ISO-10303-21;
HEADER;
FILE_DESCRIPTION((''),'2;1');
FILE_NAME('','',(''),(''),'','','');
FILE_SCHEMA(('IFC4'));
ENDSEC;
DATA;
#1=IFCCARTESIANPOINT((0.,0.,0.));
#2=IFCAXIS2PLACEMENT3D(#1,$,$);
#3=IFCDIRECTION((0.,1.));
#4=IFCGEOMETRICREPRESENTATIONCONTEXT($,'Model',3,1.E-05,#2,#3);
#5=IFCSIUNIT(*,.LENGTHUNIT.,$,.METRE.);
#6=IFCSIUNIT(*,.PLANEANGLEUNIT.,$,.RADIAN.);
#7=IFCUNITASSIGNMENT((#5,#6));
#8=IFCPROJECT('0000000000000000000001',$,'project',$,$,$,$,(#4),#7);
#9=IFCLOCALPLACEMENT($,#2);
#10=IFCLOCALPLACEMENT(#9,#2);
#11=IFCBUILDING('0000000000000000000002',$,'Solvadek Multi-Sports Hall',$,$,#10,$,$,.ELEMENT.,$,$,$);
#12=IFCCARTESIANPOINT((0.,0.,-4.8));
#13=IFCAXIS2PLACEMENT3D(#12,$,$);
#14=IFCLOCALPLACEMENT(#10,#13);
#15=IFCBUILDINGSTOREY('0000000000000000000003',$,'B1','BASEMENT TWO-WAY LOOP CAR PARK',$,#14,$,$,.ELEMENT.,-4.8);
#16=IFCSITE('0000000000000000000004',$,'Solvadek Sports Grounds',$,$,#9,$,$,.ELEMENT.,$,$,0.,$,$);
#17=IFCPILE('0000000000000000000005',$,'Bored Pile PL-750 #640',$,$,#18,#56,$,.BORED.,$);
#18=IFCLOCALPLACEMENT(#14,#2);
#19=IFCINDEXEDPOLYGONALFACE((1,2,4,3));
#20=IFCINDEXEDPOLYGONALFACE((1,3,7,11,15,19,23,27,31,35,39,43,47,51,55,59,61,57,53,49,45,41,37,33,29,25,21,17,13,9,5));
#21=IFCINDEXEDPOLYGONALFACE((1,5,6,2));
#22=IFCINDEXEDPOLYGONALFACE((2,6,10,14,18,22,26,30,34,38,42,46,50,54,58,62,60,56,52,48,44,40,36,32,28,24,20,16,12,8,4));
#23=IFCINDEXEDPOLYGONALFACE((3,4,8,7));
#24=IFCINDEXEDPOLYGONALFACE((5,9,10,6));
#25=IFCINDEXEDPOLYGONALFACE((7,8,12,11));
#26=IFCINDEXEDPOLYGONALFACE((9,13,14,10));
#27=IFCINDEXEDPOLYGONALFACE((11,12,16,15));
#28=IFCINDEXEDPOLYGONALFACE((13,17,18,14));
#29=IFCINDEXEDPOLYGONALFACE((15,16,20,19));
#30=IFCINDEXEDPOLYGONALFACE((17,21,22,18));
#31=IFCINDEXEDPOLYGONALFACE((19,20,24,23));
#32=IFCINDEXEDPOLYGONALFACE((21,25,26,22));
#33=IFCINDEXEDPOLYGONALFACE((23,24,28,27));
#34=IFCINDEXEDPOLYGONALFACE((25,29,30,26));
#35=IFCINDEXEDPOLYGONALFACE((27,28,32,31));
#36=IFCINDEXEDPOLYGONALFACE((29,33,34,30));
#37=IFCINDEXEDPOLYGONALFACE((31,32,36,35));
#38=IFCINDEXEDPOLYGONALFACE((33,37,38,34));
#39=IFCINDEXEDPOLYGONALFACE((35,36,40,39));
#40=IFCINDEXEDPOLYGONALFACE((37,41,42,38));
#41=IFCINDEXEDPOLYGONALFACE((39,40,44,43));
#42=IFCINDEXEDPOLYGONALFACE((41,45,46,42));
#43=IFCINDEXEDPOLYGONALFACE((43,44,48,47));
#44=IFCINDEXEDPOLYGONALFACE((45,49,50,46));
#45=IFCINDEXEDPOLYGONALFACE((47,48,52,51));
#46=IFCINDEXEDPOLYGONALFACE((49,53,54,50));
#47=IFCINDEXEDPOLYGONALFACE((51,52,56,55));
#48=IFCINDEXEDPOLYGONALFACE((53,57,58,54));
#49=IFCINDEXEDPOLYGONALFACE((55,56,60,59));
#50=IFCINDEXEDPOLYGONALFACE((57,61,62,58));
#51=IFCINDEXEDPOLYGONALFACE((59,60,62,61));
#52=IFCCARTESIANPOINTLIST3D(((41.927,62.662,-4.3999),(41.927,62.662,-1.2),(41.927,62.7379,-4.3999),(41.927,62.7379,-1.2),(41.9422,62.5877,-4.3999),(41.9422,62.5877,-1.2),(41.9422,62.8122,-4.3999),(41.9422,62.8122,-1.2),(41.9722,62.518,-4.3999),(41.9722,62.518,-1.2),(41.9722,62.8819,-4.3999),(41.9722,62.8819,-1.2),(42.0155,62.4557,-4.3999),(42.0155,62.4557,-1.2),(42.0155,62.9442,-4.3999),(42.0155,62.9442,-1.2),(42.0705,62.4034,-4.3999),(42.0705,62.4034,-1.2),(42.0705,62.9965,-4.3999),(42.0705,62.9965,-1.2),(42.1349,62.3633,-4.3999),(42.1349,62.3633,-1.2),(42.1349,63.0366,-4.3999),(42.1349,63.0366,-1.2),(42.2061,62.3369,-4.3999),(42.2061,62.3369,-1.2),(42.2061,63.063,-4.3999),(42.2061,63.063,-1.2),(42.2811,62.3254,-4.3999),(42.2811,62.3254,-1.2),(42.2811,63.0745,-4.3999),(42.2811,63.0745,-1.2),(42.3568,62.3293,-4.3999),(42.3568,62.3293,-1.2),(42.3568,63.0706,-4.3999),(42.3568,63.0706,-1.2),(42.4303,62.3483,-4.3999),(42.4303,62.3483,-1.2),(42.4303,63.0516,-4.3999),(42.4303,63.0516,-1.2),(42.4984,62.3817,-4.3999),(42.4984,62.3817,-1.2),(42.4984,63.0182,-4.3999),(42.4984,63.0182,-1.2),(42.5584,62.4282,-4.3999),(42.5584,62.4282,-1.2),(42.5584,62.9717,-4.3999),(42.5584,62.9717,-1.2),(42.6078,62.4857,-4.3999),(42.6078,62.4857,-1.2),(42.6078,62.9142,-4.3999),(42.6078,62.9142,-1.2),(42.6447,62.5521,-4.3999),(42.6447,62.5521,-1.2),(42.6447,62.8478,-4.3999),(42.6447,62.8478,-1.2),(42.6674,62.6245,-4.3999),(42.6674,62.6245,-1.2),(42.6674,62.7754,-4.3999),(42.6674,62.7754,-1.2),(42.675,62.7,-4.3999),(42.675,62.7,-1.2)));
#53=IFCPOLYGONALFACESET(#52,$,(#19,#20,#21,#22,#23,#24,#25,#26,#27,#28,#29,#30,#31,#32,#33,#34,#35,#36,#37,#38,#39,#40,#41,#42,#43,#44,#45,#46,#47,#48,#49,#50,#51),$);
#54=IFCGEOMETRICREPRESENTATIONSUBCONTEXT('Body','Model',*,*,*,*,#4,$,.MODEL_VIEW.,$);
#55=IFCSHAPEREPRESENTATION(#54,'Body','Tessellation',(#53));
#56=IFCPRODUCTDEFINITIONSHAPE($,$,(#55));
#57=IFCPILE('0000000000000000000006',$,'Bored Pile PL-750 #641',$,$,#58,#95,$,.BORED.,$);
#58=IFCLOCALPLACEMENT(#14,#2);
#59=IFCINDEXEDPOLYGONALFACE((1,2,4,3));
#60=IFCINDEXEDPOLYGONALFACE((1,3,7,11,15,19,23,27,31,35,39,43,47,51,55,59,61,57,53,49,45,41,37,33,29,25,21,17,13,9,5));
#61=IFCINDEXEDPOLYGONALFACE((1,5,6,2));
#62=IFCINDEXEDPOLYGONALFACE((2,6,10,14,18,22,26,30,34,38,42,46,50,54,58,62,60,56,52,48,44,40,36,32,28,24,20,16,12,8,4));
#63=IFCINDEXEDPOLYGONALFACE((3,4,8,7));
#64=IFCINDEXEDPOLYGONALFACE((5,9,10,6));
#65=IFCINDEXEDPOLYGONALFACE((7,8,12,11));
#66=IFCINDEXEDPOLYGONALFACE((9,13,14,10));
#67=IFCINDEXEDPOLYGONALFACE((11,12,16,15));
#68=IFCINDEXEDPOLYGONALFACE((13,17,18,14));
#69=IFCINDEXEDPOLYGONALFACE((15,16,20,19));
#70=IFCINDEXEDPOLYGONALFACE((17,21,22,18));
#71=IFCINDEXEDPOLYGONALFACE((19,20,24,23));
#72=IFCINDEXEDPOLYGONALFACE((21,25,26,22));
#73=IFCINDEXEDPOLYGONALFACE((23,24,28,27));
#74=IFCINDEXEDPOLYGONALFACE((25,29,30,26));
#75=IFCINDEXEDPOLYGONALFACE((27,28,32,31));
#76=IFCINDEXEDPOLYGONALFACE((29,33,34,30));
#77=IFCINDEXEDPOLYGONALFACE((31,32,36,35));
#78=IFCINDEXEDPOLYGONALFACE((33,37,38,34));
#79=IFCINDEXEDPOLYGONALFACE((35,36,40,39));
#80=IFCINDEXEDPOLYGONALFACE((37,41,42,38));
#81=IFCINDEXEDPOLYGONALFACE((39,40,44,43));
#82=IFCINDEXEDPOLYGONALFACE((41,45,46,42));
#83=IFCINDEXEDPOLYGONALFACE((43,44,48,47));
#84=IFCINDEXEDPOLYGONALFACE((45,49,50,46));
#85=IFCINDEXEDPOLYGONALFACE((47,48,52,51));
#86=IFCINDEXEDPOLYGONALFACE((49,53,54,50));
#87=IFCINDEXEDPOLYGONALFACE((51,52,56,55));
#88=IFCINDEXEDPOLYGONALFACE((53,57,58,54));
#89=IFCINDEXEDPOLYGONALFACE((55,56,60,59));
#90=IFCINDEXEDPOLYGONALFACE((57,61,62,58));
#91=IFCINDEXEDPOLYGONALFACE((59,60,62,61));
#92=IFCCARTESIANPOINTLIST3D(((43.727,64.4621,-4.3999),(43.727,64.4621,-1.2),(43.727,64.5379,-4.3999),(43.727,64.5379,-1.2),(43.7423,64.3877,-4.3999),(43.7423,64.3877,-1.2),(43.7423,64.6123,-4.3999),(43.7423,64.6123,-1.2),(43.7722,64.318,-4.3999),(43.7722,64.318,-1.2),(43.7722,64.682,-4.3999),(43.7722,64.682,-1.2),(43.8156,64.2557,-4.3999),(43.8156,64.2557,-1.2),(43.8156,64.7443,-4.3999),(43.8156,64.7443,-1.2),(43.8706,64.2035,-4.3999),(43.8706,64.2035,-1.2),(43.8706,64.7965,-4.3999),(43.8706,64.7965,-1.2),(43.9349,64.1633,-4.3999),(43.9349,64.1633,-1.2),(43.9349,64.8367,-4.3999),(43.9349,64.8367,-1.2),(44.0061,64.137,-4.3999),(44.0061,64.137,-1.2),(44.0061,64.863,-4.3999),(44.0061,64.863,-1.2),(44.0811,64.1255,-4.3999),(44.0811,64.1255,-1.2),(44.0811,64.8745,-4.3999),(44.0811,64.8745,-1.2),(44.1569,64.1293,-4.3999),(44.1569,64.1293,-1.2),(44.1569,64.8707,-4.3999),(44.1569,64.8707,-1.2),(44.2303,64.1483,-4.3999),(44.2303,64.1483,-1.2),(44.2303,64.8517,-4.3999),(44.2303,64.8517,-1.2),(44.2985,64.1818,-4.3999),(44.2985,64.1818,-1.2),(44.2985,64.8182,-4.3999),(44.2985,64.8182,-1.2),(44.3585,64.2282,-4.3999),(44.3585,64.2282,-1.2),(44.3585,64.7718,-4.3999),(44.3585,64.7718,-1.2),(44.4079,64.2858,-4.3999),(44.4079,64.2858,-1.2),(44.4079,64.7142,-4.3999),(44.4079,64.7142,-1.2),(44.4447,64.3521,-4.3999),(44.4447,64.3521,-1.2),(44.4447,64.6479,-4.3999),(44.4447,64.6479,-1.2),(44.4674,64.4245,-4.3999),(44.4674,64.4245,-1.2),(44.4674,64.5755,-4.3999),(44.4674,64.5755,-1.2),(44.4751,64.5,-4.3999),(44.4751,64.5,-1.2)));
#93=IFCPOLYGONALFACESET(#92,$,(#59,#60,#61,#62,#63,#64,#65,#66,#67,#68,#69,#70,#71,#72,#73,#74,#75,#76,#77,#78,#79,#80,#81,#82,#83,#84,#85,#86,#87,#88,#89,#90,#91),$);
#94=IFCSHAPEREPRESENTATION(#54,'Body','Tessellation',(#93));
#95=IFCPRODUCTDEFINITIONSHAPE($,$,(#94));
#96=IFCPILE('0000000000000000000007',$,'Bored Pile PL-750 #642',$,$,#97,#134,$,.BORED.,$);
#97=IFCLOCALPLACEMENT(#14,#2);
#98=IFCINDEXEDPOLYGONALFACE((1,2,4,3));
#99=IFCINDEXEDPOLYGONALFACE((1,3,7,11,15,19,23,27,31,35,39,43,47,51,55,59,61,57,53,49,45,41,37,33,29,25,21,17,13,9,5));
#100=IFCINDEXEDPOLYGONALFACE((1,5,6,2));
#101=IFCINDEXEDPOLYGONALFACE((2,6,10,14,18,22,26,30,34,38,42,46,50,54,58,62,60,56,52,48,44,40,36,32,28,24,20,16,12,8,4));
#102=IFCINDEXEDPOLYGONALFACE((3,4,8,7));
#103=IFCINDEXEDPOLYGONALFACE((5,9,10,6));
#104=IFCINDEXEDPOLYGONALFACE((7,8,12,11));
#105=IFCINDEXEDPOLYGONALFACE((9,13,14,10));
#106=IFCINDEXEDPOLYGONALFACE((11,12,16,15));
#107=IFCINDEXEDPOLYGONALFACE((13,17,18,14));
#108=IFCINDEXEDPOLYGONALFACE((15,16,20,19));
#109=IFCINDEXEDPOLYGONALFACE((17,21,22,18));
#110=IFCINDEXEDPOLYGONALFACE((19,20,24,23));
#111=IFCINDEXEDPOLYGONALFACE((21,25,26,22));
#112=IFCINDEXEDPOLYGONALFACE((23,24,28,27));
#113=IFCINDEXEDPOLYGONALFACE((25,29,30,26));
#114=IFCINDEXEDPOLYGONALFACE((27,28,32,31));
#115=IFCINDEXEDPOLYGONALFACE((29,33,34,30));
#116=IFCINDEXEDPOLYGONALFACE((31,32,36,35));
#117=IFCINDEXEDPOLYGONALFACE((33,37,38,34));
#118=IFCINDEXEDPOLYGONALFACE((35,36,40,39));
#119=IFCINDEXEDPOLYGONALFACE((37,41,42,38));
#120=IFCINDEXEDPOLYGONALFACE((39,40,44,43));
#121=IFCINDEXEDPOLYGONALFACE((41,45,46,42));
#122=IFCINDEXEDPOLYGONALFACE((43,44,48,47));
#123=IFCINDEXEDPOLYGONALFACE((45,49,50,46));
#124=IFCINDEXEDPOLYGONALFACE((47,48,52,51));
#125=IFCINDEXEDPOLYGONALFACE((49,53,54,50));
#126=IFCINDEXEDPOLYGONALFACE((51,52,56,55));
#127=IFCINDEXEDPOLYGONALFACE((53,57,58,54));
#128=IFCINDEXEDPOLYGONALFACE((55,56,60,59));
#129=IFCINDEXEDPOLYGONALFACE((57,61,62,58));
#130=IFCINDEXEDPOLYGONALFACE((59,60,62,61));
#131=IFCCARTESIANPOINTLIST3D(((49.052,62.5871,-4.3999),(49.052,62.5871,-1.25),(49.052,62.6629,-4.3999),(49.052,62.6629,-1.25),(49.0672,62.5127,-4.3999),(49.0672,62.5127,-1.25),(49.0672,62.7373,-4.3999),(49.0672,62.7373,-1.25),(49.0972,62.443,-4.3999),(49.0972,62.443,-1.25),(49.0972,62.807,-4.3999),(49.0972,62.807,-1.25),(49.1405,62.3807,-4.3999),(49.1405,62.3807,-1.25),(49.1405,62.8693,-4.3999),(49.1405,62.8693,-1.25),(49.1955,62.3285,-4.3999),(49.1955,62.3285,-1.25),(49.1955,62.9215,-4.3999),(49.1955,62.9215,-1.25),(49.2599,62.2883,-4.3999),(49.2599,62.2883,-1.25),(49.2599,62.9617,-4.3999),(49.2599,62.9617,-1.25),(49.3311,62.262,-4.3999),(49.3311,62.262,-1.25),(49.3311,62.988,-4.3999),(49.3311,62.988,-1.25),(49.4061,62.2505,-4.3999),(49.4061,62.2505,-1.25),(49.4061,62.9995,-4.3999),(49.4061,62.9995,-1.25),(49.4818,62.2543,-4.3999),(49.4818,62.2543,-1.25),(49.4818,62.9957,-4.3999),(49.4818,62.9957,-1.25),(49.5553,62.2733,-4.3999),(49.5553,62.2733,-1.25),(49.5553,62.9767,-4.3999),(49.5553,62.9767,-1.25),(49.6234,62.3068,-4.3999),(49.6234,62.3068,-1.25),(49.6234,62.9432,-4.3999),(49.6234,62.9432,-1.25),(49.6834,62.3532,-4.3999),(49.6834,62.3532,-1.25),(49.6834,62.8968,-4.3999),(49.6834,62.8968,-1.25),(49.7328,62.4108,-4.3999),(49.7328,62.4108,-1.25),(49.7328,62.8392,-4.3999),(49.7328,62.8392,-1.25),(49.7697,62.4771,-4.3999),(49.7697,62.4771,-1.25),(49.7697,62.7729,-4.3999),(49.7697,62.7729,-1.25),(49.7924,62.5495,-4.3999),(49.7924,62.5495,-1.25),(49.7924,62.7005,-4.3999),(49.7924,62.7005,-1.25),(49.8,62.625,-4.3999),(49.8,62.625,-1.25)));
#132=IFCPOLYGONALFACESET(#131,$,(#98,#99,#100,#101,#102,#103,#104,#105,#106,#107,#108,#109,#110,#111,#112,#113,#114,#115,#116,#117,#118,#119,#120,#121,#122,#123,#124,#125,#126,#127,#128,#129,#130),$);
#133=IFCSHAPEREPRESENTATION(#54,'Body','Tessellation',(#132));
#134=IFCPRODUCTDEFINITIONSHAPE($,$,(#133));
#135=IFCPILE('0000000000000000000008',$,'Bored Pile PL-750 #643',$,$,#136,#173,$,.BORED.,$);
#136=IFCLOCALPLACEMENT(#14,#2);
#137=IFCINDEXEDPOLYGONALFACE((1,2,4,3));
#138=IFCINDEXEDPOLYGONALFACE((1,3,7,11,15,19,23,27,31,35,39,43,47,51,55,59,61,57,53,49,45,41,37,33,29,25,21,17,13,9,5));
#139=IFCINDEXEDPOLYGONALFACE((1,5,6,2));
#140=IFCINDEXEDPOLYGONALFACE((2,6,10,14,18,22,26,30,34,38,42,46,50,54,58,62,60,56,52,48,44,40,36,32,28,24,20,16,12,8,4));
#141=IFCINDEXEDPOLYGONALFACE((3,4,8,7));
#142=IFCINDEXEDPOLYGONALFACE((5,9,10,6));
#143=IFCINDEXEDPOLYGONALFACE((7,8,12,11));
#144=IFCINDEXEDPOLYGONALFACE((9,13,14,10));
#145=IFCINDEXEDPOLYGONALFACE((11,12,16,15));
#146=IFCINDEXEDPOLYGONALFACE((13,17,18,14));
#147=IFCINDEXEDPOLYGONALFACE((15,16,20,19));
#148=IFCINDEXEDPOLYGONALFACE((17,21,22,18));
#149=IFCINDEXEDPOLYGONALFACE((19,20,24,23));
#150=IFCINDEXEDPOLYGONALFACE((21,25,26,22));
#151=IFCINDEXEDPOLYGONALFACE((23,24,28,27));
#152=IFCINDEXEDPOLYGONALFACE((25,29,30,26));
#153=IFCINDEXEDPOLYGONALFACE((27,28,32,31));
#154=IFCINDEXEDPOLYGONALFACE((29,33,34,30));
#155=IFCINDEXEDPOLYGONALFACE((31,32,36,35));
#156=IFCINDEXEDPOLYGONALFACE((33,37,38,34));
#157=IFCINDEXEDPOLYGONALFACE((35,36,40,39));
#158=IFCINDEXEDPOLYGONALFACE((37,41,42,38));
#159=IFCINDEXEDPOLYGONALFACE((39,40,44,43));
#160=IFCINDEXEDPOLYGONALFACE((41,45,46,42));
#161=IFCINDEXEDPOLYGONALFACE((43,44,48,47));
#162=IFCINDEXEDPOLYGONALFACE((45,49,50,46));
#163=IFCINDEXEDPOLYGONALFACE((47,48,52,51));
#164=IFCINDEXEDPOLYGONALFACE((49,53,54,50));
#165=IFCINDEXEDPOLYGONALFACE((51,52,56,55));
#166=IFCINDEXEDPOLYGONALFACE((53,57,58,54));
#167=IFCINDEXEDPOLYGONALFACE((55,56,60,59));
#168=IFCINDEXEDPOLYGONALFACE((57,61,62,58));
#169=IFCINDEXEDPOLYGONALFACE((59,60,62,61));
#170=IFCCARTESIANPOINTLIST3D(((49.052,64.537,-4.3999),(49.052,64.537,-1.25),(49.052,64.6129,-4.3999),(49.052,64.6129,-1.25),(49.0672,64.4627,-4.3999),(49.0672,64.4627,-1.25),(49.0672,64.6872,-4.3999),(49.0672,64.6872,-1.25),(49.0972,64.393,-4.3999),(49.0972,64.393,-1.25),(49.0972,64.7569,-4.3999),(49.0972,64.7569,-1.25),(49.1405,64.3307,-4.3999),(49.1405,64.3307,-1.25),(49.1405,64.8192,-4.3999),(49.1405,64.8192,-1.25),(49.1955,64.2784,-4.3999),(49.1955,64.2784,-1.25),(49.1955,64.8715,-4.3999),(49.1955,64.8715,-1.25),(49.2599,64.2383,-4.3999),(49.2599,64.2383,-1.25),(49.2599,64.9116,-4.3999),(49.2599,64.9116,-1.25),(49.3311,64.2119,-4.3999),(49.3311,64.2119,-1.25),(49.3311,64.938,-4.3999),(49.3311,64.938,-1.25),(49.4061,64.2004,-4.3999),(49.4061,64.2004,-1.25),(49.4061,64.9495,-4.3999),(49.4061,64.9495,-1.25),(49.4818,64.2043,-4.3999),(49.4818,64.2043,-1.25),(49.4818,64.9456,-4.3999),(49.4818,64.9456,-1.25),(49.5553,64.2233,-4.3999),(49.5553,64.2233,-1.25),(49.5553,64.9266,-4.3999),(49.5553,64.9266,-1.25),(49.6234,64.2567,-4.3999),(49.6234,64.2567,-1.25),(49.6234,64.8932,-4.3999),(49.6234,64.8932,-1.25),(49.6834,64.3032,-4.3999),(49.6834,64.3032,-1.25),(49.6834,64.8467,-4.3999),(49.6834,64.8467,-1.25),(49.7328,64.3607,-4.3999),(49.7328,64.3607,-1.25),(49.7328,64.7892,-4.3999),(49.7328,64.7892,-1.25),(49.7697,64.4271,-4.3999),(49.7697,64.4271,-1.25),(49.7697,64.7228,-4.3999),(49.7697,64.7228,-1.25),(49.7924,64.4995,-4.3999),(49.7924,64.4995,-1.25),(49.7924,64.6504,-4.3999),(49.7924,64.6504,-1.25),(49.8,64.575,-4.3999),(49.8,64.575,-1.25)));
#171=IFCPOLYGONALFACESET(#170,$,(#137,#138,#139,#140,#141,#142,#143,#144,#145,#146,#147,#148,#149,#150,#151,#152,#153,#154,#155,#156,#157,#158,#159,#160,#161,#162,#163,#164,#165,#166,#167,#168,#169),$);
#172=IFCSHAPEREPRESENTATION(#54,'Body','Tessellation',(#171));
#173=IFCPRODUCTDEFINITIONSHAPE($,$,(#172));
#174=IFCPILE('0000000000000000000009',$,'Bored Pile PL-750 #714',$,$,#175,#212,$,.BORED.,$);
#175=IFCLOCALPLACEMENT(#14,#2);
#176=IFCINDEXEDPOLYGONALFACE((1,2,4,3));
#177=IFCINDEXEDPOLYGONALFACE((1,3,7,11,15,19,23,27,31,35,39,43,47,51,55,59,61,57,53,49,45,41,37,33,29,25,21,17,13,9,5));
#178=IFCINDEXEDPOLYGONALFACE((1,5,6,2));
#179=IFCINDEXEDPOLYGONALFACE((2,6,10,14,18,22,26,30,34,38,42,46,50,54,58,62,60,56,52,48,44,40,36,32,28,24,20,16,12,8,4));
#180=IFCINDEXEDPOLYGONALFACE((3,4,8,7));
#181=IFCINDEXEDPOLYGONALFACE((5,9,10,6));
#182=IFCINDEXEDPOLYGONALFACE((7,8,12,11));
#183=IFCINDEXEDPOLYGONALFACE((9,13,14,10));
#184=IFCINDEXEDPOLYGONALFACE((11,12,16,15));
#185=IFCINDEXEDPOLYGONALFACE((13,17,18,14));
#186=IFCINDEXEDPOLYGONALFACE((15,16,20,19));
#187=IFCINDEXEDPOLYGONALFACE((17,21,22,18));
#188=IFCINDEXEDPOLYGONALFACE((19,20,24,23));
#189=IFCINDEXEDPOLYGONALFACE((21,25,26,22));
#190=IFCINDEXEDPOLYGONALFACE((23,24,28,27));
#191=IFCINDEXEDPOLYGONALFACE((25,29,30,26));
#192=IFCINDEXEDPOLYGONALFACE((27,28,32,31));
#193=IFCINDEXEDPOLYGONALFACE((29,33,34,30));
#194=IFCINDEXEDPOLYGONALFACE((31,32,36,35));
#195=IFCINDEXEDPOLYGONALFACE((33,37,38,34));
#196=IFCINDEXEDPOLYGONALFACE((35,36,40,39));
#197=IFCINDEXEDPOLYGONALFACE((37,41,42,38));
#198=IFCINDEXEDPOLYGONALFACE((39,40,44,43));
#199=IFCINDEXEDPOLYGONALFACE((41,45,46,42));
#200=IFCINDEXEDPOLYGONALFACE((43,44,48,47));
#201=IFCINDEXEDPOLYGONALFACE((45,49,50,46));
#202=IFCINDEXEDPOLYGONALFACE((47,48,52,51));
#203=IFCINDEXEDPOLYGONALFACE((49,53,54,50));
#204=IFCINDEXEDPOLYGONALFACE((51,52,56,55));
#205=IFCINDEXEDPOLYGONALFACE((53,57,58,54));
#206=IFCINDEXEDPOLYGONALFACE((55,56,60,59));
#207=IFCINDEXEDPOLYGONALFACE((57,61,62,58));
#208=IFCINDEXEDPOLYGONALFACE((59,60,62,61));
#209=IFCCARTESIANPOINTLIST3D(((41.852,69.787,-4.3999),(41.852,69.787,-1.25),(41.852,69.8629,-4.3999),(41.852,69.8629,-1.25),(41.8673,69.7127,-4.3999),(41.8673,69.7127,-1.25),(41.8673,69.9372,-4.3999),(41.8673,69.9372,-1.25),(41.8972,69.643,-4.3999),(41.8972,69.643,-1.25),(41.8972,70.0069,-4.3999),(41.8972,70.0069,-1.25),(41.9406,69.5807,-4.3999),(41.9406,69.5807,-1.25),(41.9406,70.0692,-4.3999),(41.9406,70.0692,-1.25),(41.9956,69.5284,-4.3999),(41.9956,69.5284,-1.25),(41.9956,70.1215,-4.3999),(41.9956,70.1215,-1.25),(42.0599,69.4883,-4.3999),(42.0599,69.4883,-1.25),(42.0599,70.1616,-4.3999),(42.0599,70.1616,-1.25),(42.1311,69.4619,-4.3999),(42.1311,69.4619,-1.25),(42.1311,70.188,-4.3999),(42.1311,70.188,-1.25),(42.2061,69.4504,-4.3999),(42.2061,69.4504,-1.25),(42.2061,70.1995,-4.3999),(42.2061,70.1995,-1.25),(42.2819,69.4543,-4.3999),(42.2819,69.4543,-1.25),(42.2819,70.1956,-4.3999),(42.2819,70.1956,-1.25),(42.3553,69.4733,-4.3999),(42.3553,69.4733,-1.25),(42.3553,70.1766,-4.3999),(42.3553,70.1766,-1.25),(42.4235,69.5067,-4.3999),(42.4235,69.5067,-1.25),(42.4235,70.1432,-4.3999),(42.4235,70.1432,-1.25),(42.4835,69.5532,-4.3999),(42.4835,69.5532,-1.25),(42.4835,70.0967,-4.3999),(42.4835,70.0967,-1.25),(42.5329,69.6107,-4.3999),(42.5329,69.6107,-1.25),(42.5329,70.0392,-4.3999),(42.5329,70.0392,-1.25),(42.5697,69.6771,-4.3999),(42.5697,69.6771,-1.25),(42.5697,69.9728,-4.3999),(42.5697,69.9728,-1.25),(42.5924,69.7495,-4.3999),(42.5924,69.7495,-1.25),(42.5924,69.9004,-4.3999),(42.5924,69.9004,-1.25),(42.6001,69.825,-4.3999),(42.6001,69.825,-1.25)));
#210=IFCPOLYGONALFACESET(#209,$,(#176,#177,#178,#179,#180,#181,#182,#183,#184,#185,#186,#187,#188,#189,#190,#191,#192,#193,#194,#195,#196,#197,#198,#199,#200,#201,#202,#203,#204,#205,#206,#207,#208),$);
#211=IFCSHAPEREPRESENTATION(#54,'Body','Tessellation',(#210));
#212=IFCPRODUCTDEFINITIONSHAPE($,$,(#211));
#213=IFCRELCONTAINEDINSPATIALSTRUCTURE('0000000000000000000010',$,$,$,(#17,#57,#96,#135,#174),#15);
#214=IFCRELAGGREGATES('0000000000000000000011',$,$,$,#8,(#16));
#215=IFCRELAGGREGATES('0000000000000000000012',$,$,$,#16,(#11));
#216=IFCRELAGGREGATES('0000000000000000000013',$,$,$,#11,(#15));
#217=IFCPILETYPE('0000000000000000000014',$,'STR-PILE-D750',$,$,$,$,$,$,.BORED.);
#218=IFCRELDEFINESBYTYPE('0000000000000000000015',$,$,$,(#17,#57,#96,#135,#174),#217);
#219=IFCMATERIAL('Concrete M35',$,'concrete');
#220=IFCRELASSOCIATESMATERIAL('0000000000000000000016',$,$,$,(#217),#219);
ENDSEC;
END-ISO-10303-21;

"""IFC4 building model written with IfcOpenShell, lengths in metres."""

from ifc_helpers import new_model, si_unit, direction, frame, origin, origin_2d, place, context, subcontext, project, spatial, circle, extrude, material, material_profile, profile_set, type_object, element, save


model = new_model("IFC4")

# Units and contexts
model_context = context("Model", 3, precision=1e-05, world=origin(), true_north=direction((0.0, 1.0)))
body_context = subcontext(model_context, "Body", "Model", "MODEL_VIEW")
ifc_project = project(units=[si_unit("LENGTHUNIT", "METRE"), si_unit("PLANEANGLEUNIT", "RADIAN")], contexts=[model_context])

# Site, building, storey
site_placement = place(None, origin())
site = spatial("IfcSite", under=ifc_project, at=site_placement, Name="Solvadek Sports Grounds", CompositionType="ELEMENT", RefElevation=0.0)
building_placement = place(site_placement, origin())
building = spatial("IfcBuilding", under=site, at=building_placement, Name="Solvadek Multi-Sports Hall", CompositionType="ELEMENT")
storey_placement = place(building_placement, frame((0.0, 0.0, -4.8)))
storey = spatial("IfcBuildingStorey", under=building, at=storey_placement, Name="B1", Description="BASEMENT TWO-WAY LOOP CAR PARK", CompositionType="ELEMENT", Elevation=-4.8)

# Piles
ifc_material_1 = material(Name="Concrete M35", Category="concrete")
ifc_material_profile_1 = material_profile(ifc_material_1, circle(Radius=0.375, at=origin_2d()), Name="BORED PILE D750")
ifc_profile_set_1 = profile_set([ifc_material_profile_1], Name="Concrete M35")
pile_type = type_object("IfcPileType", Name="STR-PILE-D750", PredefinedType="BORED", material=ifc_profile_set_1)
for number, where, z_axis, x_axis, name in (
    (1, (42.3, 62.7, -1.2), (0.0, 0.0, -1.0), (1.0, 0.0, 0.0), "Bored Pile PL-750 #640"),
    (2, (44.1001, 64.5, -1.2), (0.0, 0.0, -1.0), (1.0, 0.0, 0.0), "Bored Pile PL-750 #641"),
):
    element("IfcPile", number, at=place(storey_placement, frame(where, z_axis=z_axis, x_axis=x_axis)), inside=storey, type_object=pile_type, Name=name, PredefinedType="BORED", context=body_context, shape_type="SweptSolid", body=[
        extrude(circle(Radius=0.375, at=origin_2d()), origin(), (0.0, 0.0, 1.0), 3.2),
    ])
for number, where, z_axis, x_axis, name in (
    (3, (49.425, 62.625, -1.25), (0.0, 0.0, -1.0), (1.0, 0.0, 0.0), "Bored Pile PL-750 #642"),
    (4, (49.425, 64.575, -1.25), (0.0, 0.0, -1.0), (1.0, 0.0, 0.0), "Bored Pile PL-750 #643"),
    (5, (42.2251, 69.825, -1.25), (0.0, 0.0, -1.0), (1.0, 0.0, 0.0), "Bored Pile PL-750 #714"),
):
    element("IfcPile", number, at=place(storey_placement, frame(where, z_axis=z_axis, x_axis=x_axis)), inside=storey, type_object=pile_type, Name=name, PredefinedType="BORED", context=body_context, shape_type="SweptSolid", body=[
        extrude(circle(Radius=0.375, at=origin_2d()), origin(), (0.0, 0.0, 1.0), 3.1499),
    ])

save(model, "model.ifc")
